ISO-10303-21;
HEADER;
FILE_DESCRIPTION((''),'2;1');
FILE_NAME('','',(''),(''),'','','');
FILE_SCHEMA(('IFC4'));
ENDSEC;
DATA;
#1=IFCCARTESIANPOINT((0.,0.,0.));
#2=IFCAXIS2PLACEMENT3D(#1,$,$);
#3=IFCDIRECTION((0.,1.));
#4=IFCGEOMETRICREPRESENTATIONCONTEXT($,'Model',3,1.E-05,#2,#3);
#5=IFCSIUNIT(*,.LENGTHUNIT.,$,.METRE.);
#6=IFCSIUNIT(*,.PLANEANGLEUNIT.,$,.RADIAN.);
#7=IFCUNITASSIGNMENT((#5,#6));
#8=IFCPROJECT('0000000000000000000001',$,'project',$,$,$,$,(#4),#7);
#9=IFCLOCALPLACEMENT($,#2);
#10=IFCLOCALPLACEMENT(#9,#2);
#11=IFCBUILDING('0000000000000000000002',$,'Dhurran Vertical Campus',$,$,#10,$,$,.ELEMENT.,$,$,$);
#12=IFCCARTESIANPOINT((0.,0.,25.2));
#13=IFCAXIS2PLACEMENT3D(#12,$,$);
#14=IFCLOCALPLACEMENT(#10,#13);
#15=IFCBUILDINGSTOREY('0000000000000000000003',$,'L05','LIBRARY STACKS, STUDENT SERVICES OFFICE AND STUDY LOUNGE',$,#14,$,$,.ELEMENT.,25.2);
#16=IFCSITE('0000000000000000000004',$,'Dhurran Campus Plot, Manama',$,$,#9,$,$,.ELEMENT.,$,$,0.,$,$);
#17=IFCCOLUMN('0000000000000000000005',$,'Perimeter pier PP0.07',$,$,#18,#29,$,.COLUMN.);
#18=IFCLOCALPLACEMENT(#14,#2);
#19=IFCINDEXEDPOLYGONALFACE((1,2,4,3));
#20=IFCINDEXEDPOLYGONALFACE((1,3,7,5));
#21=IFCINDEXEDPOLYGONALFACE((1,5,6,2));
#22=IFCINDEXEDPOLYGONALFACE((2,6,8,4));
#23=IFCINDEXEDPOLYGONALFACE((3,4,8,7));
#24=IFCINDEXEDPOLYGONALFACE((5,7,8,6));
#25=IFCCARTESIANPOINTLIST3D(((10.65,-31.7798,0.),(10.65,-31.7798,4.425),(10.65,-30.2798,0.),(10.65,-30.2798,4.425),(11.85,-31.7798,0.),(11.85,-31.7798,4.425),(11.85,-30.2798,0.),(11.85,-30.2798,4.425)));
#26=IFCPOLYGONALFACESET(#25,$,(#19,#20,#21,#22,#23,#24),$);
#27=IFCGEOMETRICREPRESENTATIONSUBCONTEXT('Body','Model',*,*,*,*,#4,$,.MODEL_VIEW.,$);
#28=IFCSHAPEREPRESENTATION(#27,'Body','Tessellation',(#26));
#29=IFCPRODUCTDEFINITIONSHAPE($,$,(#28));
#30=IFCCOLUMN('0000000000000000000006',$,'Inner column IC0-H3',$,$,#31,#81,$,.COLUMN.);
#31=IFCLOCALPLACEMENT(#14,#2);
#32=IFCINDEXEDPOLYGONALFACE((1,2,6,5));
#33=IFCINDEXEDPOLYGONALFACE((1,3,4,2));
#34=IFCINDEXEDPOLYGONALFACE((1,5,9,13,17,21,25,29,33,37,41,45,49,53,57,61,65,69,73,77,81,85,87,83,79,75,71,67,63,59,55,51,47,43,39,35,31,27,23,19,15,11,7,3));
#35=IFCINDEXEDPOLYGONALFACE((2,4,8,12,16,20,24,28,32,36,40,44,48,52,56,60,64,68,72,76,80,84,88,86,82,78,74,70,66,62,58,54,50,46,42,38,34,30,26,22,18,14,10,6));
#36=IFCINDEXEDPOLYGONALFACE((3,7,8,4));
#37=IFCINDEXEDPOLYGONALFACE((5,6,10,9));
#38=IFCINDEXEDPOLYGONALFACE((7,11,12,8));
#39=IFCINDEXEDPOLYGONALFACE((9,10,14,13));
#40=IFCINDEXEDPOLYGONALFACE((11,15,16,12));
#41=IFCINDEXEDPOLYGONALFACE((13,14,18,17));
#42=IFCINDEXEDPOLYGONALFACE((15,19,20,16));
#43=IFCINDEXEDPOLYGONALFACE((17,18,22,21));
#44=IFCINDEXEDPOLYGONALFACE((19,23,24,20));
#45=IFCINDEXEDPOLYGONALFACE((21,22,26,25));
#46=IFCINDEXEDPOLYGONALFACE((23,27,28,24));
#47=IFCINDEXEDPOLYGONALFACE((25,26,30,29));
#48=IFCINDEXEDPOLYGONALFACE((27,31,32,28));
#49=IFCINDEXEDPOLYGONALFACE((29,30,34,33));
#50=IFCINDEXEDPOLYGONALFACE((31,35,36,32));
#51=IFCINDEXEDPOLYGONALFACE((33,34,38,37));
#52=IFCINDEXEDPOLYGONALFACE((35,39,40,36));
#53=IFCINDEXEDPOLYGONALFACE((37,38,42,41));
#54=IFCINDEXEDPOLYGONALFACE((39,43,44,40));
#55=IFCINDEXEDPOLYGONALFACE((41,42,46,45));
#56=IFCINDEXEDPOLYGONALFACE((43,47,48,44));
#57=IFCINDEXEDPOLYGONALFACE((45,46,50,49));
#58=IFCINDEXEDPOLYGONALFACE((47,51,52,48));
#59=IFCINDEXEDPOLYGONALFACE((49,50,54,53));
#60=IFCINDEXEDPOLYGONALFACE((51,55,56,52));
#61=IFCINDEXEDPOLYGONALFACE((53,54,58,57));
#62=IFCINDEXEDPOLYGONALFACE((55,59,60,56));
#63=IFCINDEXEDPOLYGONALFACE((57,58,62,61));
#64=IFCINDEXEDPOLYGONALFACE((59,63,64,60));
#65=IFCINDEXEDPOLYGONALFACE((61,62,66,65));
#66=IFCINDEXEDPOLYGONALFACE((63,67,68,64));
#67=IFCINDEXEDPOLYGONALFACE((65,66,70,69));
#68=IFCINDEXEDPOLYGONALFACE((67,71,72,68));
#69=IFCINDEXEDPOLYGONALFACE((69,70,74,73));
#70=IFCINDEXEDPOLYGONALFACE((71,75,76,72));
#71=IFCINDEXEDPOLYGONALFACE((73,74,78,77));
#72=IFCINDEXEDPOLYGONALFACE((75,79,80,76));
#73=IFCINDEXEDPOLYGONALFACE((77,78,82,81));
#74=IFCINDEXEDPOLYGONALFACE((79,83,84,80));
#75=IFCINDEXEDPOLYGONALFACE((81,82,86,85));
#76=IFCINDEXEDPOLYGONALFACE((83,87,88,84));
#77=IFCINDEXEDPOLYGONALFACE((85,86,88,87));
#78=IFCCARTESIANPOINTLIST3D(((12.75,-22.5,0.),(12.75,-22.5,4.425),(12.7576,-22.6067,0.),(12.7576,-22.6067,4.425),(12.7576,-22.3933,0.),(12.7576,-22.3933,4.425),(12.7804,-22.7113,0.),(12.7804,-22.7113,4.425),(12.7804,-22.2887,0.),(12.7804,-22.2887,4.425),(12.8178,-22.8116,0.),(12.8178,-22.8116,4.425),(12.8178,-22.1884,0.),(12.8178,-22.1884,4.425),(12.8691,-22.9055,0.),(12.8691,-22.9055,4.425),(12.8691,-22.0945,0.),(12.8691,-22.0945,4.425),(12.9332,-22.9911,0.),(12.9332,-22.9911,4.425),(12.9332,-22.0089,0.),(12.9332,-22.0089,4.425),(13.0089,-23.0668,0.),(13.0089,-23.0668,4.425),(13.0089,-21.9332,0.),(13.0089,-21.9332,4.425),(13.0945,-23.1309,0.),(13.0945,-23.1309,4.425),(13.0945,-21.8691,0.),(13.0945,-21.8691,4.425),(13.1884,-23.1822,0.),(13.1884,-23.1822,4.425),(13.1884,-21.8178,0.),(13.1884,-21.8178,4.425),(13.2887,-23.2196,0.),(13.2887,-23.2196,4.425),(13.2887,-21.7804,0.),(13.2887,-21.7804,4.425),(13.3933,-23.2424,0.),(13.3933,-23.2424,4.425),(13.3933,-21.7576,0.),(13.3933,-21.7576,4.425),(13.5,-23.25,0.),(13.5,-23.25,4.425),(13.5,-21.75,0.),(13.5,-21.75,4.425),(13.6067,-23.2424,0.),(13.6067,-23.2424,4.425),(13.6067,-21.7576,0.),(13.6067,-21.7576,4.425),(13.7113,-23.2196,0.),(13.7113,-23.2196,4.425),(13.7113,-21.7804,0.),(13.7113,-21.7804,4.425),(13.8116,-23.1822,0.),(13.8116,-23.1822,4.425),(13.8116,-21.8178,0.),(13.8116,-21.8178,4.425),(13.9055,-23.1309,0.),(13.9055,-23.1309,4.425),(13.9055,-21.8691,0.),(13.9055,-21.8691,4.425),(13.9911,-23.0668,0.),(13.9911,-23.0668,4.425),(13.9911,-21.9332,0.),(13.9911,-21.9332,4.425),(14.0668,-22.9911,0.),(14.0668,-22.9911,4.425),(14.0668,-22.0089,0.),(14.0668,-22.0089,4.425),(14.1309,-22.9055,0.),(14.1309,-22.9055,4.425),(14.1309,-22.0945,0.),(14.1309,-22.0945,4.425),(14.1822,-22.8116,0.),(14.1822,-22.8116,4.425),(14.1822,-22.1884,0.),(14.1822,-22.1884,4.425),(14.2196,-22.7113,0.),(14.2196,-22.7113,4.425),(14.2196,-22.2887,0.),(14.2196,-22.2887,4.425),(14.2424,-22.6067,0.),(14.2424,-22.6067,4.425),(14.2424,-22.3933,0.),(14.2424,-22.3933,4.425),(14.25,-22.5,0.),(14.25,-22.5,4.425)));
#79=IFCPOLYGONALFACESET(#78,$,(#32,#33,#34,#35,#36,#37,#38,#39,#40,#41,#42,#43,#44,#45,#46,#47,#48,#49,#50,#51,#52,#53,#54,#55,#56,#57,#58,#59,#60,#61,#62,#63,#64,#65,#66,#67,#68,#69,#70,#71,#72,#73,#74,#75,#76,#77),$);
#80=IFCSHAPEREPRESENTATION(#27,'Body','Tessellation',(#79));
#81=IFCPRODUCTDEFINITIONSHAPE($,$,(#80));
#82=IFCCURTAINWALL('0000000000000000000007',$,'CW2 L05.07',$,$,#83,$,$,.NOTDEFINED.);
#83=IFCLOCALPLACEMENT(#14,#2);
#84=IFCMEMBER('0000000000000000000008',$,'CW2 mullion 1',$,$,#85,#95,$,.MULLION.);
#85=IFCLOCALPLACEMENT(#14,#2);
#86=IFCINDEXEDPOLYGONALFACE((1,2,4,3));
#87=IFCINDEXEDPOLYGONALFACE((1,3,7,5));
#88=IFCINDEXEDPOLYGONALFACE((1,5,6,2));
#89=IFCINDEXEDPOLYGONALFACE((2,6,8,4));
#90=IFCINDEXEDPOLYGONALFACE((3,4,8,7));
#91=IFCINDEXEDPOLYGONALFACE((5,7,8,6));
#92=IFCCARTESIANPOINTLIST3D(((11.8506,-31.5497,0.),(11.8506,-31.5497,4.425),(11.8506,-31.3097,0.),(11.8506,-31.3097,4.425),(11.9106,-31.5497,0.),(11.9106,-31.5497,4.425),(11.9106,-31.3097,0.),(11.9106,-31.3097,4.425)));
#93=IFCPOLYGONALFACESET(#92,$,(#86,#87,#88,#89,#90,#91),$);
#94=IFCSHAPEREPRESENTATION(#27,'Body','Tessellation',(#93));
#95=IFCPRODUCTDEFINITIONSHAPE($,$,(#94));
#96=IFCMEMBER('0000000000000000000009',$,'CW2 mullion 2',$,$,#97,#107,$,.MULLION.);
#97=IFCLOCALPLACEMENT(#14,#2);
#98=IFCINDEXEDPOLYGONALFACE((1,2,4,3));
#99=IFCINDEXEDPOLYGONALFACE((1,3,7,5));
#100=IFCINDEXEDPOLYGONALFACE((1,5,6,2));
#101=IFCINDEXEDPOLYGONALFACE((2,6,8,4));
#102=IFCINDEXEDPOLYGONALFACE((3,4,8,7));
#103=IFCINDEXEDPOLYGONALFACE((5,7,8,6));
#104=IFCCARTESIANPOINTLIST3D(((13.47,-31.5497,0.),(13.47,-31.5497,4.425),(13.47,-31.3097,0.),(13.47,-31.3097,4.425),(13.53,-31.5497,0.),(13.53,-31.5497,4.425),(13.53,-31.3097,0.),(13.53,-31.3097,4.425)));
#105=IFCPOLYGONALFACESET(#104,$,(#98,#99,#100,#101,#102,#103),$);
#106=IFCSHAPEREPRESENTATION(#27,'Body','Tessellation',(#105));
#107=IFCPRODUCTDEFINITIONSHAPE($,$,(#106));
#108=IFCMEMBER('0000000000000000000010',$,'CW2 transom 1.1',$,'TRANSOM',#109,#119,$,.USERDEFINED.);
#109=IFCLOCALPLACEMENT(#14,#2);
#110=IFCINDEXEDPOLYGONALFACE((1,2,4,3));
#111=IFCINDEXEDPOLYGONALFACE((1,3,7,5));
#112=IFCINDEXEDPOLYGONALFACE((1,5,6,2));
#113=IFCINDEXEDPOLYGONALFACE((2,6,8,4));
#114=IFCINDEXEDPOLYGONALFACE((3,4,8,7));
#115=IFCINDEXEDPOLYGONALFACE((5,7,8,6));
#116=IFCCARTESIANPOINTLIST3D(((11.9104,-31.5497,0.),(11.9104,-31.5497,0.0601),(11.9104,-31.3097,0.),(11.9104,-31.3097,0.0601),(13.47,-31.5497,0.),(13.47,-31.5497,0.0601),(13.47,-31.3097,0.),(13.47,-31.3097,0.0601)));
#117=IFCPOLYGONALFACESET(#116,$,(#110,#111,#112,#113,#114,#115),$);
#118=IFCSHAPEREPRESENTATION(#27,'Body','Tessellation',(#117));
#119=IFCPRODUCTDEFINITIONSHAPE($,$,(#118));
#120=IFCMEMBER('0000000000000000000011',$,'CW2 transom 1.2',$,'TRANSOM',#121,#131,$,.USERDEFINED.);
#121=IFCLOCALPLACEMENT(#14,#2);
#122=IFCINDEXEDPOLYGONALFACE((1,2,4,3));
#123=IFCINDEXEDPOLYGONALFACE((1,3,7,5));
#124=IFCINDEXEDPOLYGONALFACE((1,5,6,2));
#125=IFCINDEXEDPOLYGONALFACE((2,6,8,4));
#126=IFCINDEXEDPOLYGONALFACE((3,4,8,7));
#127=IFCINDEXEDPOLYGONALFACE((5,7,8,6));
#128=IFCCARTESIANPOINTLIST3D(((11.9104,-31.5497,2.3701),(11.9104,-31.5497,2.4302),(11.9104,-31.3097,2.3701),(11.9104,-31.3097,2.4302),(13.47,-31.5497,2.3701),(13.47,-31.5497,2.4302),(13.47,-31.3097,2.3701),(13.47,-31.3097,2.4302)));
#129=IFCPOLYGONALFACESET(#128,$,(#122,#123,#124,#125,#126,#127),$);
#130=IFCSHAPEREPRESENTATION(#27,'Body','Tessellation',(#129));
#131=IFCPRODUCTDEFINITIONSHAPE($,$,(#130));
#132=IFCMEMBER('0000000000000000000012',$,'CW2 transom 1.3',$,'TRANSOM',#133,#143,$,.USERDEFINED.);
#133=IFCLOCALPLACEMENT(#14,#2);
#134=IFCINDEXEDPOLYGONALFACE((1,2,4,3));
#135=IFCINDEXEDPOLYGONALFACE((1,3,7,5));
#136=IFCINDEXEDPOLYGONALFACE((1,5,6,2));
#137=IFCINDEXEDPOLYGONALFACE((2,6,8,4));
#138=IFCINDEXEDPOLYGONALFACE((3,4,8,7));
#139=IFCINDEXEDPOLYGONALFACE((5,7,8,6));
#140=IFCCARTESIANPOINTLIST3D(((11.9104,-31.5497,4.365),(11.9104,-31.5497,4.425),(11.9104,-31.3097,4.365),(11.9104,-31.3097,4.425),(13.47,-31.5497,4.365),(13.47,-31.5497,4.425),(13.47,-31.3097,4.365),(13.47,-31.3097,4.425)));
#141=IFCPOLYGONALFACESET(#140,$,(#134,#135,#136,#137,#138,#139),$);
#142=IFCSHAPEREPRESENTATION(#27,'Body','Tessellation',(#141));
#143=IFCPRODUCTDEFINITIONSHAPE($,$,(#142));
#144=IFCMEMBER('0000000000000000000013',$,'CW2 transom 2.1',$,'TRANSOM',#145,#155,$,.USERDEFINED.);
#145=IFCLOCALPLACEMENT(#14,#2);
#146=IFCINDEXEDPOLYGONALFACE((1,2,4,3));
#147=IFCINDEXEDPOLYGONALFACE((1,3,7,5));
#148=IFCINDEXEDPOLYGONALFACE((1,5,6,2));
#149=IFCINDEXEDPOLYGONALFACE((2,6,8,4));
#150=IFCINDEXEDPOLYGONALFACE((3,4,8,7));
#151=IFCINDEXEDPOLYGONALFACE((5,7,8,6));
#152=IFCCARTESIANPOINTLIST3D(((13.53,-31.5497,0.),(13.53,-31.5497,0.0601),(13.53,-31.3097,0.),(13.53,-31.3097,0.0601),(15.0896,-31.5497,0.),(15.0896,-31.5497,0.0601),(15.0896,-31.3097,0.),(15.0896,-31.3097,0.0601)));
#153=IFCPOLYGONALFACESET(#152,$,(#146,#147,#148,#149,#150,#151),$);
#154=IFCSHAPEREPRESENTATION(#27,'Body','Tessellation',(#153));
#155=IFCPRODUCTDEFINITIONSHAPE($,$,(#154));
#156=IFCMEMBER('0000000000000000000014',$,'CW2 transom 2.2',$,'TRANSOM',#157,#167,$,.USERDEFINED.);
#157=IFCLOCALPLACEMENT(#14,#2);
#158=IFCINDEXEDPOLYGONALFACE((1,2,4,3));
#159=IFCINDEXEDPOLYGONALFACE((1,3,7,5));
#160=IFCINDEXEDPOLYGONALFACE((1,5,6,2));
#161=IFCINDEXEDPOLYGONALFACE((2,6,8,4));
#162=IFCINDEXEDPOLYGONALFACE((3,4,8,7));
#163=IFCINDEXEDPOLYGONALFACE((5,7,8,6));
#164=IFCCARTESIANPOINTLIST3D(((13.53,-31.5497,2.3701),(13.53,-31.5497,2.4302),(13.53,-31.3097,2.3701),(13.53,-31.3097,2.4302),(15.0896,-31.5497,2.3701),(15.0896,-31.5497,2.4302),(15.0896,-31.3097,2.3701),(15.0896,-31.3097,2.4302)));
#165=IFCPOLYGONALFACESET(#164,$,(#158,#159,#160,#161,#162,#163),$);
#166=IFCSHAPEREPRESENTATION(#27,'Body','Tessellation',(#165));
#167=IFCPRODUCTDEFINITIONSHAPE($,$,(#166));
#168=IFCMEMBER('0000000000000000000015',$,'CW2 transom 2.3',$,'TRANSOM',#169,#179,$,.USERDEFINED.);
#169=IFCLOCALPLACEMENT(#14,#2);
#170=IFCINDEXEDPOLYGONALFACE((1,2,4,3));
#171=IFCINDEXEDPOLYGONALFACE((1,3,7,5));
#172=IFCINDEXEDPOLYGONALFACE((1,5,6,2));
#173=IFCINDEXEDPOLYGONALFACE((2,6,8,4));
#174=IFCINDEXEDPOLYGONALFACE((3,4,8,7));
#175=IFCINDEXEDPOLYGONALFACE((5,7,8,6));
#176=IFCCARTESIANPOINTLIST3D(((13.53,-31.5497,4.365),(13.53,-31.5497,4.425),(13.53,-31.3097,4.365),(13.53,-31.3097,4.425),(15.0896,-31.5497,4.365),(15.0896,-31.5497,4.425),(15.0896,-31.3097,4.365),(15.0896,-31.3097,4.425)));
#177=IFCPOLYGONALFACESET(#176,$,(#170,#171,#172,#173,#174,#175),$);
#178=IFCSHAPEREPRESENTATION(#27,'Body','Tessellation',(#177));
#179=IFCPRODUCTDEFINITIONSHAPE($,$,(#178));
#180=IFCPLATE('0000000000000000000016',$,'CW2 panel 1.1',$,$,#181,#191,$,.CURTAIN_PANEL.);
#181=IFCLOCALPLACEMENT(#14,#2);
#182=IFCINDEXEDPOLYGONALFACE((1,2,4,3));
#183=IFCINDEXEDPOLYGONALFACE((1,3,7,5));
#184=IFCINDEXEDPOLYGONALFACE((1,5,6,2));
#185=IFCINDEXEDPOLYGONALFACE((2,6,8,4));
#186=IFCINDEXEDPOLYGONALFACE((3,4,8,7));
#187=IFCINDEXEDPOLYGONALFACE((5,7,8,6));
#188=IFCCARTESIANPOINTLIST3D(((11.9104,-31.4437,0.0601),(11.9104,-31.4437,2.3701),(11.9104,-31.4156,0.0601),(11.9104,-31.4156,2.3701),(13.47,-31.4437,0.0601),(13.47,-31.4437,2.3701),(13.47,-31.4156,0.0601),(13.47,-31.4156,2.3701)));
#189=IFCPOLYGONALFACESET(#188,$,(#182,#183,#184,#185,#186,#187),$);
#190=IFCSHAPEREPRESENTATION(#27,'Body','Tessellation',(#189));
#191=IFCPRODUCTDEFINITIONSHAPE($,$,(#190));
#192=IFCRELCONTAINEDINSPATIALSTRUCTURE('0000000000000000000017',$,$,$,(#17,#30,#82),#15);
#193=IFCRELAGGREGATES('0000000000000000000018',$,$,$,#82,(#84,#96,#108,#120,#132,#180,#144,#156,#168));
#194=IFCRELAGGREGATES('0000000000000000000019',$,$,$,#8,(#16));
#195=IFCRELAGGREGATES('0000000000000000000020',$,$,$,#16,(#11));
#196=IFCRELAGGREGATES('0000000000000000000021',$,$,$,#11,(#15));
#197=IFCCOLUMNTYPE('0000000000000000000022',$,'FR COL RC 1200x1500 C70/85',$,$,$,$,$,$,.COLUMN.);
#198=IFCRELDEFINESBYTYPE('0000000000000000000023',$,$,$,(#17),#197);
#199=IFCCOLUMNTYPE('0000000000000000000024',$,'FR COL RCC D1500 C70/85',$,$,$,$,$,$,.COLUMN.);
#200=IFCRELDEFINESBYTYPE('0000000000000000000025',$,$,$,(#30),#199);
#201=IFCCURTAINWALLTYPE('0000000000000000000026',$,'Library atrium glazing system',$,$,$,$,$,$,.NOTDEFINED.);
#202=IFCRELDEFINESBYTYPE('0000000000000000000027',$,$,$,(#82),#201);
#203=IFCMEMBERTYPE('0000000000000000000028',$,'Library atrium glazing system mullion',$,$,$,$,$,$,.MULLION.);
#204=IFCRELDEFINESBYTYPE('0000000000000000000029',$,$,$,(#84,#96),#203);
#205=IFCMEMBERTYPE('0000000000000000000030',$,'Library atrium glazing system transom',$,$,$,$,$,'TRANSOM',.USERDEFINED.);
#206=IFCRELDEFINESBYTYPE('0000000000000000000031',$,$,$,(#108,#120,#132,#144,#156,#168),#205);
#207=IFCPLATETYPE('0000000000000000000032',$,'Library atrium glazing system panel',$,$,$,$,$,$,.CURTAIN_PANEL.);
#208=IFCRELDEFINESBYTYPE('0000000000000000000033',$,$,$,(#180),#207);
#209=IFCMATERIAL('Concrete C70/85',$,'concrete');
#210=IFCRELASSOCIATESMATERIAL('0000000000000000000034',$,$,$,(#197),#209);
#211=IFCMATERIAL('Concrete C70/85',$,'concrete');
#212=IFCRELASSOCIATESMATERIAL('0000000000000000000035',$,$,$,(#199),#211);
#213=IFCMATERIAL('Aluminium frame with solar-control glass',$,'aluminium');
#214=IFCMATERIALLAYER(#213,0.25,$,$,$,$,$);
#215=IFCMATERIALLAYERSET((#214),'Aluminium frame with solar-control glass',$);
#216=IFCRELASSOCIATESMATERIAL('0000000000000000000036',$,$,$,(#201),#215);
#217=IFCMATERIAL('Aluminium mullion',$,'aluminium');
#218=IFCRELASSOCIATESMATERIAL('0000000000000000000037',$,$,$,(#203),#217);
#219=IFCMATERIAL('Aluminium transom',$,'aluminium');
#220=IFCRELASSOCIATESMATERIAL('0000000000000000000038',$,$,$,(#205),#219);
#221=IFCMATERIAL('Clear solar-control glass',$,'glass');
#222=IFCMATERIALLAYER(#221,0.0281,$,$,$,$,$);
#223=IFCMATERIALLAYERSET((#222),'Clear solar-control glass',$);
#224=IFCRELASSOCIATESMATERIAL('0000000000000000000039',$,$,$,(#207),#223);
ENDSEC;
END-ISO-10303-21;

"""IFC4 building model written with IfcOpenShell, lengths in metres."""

from ifc_helpers import new_model, si_unit, direction, frame, origin, origin_2d, place, context, subcontext, project, spatial, rectangle, circle, extrude, material, layer, layer_set, material_profile, profile_set, type_object, element, aggregate, save


model = new_model("IFC4")

# Units and contexts
model_context = context("Model", 3, precision=1e-05, world=origin(), true_north=direction((0.0, 1.0)))
body_context = subcontext(model_context, "Body", "Model", "MODEL_VIEW")
ifc_project = project(units=[si_unit("LENGTHUNIT", "METRE"), si_unit("PLANEANGLEUNIT", "RADIAN")], contexts=[model_context])

# Site, building, storey
site_placement = place(None, origin())
site = spatial("IfcSite", under=ifc_project, at=site_placement, Name="Dhurran Campus Plot, Manama", CompositionType="ELEMENT", RefElevation=0.0)
building_placement = place(site_placement, origin())
building = spatial("IfcBuilding", under=site, at=building_placement, Name="Dhurran Vertical Campus", CompositionType="ELEMENT")
storey_placement = place(building_placement, frame((0.0, 0.0, 25.2)))
storey = spatial("IfcBuildingStorey", under=building, at=storey_placement, Name="L05", Description="LIBRARY STACKS, STUDENT SERVICES OFFICE AND STUDY LOUNGE", CompositionType="ELEMENT", Elevation=25.2)

# Columns
ifc_material_1 = material(Name="Concrete C70/85", Category="concrete")
ifc_material_profile_1 = material_profile(ifc_material_1, rectangle(XDim=1.2, YDim=1.5, at=origin_2d()), Name="RC 1200x1500")
ifc_profile_set_1 = profile_set([ifc_material_profile_1], Name="Concrete C70/85")
column_type_1 = type_object("IfcColumnType", Name="FR COL RC 1200x1500 C70/85", PredefinedType="COLUMN", material=ifc_profile_set_1)
column_1_placement = place(storey_placement, frame((11.25, -31.0298, 0.0), z_axis=(0.0, 0.0, 1.0), x_axis=(1.0, 0.0, 0.0)))
element("IfcColumn", 1, at=column_1_placement, inside=storey, type_object=column_type_1, Name="Perimeter pier PP0.07", PredefinedType="COLUMN", context=body_context, shape_type="SweptSolid", body=[
    extrude(rectangle(XDim=1.2, YDim=1.5, at=origin_2d()), origin(), (0.0, 0.0, 1.0), 4.425),
])
ifc_material_2 = material(Name="Concrete C70/85", Category="concrete")
ifc_material_profile_2 = material_profile(ifc_material_2, circle(Radius=0.75, at=origin_2d()), Name="RCC D1500")
ifc_profile_set_2 = profile_set([ifc_material_profile_2], Name="Concrete C70/85")
column_type_2 = type_object("IfcColumnType", Name="FR COL RCC D1500 C70/85", PredefinedType="COLUMN", material=ifc_profile_set_2)
column_2_placement = place(storey_placement, frame((13.5, -22.5, 0.0), z_axis=(0.0, 0.0, 1.0), x_axis=(1.0, 0.0, 0.0)))
element("IfcColumn", 2, at=column_2_placement, inside=storey, type_object=column_type_2, Name="Inner column IC0-H3", PredefinedType="COLUMN", context=body_context, shape_type="SweptSolid", body=[
    extrude(circle(Radius=0.75, at=origin_2d()), origin(), (0.0, 0.0, 1.0), 4.425),
])

# Curtain wall, members, plate
ifc_material_3 = material(Name="Aluminium frame with solar-control glass", Category="aluminium")
ifc_layer_1 = layer(ifc_material_3, 0.25)
ifc_layer_set_1 = layer_set([ifc_layer_1], Name="Aluminium frame with solar-control glass")
curtain_wall_type = type_object("IfcCurtainWallType", Name="Library atrium glazing system", PredefinedType="NOTDEFINED", material=ifc_layer_set_1)
curtain_wall_placement = place(storey_placement, origin())
curtain_wall = element("IfcCurtainWall", 3, at=curtain_wall_placement, inside=storey, type_object=curtain_wall_type, Name="CW2 L05.07", PredefinedType="NOTDEFINED")
ifc_material_4 = material(Name="Aluminium mullion", Category="aluminium")
ifc_material_profile_3 = material_profile(ifc_material_4, rectangle(XDim=0.24, YDim=0.0601, at=origin_2d()), Name="Library atrium glazing system mullion")
ifc_profile_set_3 = profile_set([ifc_material_profile_3], Name="Aluminium mullion")
member_type_1 = type_object("IfcMemberType", Name="Library atrium glazing system mullion", PredefinedType="MULLION", material=ifc_profile_set_3)
member_1_placement = place(storey_placement, frame((11.8806, -31.4297, 0.0), z_axis=(0.0, 0.0, 1.0), x_axis=(0.0, 1.0, 0.0)))
member_1 = element("IfcMember", 4, at=member_1_placement, type_object=member_type_1, Name="CW2 mullion 1", PredefinedType="MULLION", context=body_context, shape_type="SweptSolid", body=[
    extrude(rectangle(XDim=0.24, YDim=0.0601, at=origin_2d()), origin(), (0.0, 0.0, 1.0), 4.425),
])
member_2_placement = place(storey_placement, frame((13.5, -31.4297, 0.0), z_axis=(0.0, 0.0, 1.0), x_axis=(0.0, 1.0, 0.0)))
member_2 = element("IfcMember", 5, at=member_2_placement, type_object=member_type_1, Name="CW2 mullion 2", PredefinedType="MULLION", context=body_context, shape_type="SweptSolid", body=[
    extrude(rectangle(XDim=0.24, YDim=0.0601, at=origin_2d()), origin(), (0.0, 0.0, 1.0), 4.425),
])
ifc_material_5 = material(Name="Aluminium transom", Category="aluminium")
ifc_material_profile_4 = material_profile(ifc_material_5, rectangle(XDim=0.24, YDim=0.0601, at=origin_2d()), Name="Library atrium glazing system transom")
ifc_profile_set_4 = profile_set([ifc_material_profile_4], Name="Aluminium transom")
member_type_2 = type_object("IfcMemberType", Name="Library atrium glazing system transom", ElementType="TRANSOM", PredefinedType="USERDEFINED", material=ifc_profile_set_4)
member_3_placement = place(storey_placement, frame((11.9104, -31.4297, 0.03), z_axis=(1.0, 0.0, 0.0), x_axis=(0.0, 1.0, 0.0)))
member_3 = element("IfcMember", 6, at=member_3_placement, type_object=member_type_2, Name="CW2 transom 1.1", ObjectType="TRANSOM", PredefinedType="USERDEFINED", context=body_context, shape_type="SweptSolid", body=[
    extrude(rectangle(XDim=0.24, YDim=0.0601, at=origin_2d()), origin(), (0.0, 0.0, 1.0), 1.5596),
])
member_4_placement = place(storey_placement, frame((11.9104, -31.4297, 2.4001), z_axis=(1.0, 0.0, 0.0), x_axis=(0.0, 1.0, 0.0)))
member_4 = element("IfcMember", 7, at=member_4_placement, type_object=member_type_2, Name="CW2 transom 1.2", ObjectType="TRANSOM", PredefinedType="USERDEFINED", context=body_context, shape_type="SweptSolid", body=[
    extrude(rectangle(XDim=0.24, YDim=0.0601, at=origin_2d()), origin(), (0.0, 0.0, 1.0), 1.5596),
])
member_5_placement = place(storey_placement, frame((11.9104, -31.4297, 4.395), z_axis=(1.0, 0.0, 0.0), x_axis=(0.0, 1.0, 0.0)))
member_5 = element("IfcMember", 8, at=member_5_placement, type_object=member_type_2, Name="CW2 transom 1.3", ObjectType="TRANSOM", PredefinedType="USERDEFINED", context=body_context, shape_type="SweptSolid", body=[
    extrude(rectangle(XDim=0.24, YDim=0.0601, at=origin_2d()), origin(), (0.0, 0.0, 1.0), 1.5596),
])
member_6_placement = place(storey_placement, frame((13.53, -31.4297, 0.03), z_axis=(1.0, 0.0, 0.0), x_axis=(0.0, 1.0, 0.0)))
member_6 = element("IfcMember", 9, at=member_6_placement, type_object=member_type_2, Name="CW2 transom 2.1", ObjectType="TRANSOM", PredefinedType="USERDEFINED", context=body_context, shape_type="SweptSolid", body=[
    extrude(rectangle(XDim=0.24, YDim=0.0601, at=origin_2d()), origin(), (0.0, 0.0, 1.0), 1.5596),
])
member_7_placement = place(storey_placement, frame((13.53, -31.4297, 2.4001), z_axis=(1.0, 0.0, 0.0), x_axis=(0.0, 1.0, 0.0)))
member_7 = element("IfcMember", 10, at=member_7_placement, type_object=member_type_2, Name="CW2 transom 2.2", ObjectType="TRANSOM", PredefinedType="USERDEFINED", context=body_context, shape_type="SweptSolid", body=[
    extrude(rectangle(XDim=0.24, YDim=0.0601, at=origin_2d()), origin(), (0.0, 0.0, 1.0), 1.5596),
])
member_8_placement = place(storey_placement, frame((13.53, -31.4297, 4.395), z_axis=(1.0, 0.0, 0.0), x_axis=(0.0, 1.0, 0.0)))
member_8 = element("IfcMember", 11, at=member_8_placement, type_object=member_type_2, Name="CW2 transom 2.3", ObjectType="TRANSOM", PredefinedType="USERDEFINED", context=body_context, shape_type="SweptSolid", body=[
    extrude(rectangle(XDim=0.24, YDim=0.0601, at=origin_2d()), origin(), (0.0, 0.0, 1.0), 1.5596),
])
ifc_material_6 = material(Name="Clear solar-control glass", Category="glass")
ifc_layer_2 = layer(ifc_material_6, 0.0281)
ifc_layer_set_2 = layer_set([ifc_layer_2], Name="Clear solar-control glass")
plate_type = type_object("IfcPlateType", Name="Library atrium glazing system panel", PredefinedType="CURTAIN_PANEL", material=ifc_layer_set_2)
plate_1_placement = place(storey_placement, frame((12.6902, -31.4297, 0.0601), z_axis=(0.0, 0.0, 1.0), x_axis=(1.0, 0.0, 0.0)))
plate_1 = element("IfcPlate", 12, at=plate_1_placement, type_object=plate_type, Name="CW2 panel 1.1", PredefinedType="CURTAIN_PANEL", context=body_context, shape_type="SweptSolid", body=[
    extrude(rectangle(XDim=1.5596, YDim=0.0281, at=origin_2d()), origin(), (0.0, 0.0, 1.0), 2.3101),
])
aggregate(curtain_wall, [member_1, member_2, member_3, member_4, member_5, plate_1, member_6, member_7, member_8])

save(model, "model.ifc")
